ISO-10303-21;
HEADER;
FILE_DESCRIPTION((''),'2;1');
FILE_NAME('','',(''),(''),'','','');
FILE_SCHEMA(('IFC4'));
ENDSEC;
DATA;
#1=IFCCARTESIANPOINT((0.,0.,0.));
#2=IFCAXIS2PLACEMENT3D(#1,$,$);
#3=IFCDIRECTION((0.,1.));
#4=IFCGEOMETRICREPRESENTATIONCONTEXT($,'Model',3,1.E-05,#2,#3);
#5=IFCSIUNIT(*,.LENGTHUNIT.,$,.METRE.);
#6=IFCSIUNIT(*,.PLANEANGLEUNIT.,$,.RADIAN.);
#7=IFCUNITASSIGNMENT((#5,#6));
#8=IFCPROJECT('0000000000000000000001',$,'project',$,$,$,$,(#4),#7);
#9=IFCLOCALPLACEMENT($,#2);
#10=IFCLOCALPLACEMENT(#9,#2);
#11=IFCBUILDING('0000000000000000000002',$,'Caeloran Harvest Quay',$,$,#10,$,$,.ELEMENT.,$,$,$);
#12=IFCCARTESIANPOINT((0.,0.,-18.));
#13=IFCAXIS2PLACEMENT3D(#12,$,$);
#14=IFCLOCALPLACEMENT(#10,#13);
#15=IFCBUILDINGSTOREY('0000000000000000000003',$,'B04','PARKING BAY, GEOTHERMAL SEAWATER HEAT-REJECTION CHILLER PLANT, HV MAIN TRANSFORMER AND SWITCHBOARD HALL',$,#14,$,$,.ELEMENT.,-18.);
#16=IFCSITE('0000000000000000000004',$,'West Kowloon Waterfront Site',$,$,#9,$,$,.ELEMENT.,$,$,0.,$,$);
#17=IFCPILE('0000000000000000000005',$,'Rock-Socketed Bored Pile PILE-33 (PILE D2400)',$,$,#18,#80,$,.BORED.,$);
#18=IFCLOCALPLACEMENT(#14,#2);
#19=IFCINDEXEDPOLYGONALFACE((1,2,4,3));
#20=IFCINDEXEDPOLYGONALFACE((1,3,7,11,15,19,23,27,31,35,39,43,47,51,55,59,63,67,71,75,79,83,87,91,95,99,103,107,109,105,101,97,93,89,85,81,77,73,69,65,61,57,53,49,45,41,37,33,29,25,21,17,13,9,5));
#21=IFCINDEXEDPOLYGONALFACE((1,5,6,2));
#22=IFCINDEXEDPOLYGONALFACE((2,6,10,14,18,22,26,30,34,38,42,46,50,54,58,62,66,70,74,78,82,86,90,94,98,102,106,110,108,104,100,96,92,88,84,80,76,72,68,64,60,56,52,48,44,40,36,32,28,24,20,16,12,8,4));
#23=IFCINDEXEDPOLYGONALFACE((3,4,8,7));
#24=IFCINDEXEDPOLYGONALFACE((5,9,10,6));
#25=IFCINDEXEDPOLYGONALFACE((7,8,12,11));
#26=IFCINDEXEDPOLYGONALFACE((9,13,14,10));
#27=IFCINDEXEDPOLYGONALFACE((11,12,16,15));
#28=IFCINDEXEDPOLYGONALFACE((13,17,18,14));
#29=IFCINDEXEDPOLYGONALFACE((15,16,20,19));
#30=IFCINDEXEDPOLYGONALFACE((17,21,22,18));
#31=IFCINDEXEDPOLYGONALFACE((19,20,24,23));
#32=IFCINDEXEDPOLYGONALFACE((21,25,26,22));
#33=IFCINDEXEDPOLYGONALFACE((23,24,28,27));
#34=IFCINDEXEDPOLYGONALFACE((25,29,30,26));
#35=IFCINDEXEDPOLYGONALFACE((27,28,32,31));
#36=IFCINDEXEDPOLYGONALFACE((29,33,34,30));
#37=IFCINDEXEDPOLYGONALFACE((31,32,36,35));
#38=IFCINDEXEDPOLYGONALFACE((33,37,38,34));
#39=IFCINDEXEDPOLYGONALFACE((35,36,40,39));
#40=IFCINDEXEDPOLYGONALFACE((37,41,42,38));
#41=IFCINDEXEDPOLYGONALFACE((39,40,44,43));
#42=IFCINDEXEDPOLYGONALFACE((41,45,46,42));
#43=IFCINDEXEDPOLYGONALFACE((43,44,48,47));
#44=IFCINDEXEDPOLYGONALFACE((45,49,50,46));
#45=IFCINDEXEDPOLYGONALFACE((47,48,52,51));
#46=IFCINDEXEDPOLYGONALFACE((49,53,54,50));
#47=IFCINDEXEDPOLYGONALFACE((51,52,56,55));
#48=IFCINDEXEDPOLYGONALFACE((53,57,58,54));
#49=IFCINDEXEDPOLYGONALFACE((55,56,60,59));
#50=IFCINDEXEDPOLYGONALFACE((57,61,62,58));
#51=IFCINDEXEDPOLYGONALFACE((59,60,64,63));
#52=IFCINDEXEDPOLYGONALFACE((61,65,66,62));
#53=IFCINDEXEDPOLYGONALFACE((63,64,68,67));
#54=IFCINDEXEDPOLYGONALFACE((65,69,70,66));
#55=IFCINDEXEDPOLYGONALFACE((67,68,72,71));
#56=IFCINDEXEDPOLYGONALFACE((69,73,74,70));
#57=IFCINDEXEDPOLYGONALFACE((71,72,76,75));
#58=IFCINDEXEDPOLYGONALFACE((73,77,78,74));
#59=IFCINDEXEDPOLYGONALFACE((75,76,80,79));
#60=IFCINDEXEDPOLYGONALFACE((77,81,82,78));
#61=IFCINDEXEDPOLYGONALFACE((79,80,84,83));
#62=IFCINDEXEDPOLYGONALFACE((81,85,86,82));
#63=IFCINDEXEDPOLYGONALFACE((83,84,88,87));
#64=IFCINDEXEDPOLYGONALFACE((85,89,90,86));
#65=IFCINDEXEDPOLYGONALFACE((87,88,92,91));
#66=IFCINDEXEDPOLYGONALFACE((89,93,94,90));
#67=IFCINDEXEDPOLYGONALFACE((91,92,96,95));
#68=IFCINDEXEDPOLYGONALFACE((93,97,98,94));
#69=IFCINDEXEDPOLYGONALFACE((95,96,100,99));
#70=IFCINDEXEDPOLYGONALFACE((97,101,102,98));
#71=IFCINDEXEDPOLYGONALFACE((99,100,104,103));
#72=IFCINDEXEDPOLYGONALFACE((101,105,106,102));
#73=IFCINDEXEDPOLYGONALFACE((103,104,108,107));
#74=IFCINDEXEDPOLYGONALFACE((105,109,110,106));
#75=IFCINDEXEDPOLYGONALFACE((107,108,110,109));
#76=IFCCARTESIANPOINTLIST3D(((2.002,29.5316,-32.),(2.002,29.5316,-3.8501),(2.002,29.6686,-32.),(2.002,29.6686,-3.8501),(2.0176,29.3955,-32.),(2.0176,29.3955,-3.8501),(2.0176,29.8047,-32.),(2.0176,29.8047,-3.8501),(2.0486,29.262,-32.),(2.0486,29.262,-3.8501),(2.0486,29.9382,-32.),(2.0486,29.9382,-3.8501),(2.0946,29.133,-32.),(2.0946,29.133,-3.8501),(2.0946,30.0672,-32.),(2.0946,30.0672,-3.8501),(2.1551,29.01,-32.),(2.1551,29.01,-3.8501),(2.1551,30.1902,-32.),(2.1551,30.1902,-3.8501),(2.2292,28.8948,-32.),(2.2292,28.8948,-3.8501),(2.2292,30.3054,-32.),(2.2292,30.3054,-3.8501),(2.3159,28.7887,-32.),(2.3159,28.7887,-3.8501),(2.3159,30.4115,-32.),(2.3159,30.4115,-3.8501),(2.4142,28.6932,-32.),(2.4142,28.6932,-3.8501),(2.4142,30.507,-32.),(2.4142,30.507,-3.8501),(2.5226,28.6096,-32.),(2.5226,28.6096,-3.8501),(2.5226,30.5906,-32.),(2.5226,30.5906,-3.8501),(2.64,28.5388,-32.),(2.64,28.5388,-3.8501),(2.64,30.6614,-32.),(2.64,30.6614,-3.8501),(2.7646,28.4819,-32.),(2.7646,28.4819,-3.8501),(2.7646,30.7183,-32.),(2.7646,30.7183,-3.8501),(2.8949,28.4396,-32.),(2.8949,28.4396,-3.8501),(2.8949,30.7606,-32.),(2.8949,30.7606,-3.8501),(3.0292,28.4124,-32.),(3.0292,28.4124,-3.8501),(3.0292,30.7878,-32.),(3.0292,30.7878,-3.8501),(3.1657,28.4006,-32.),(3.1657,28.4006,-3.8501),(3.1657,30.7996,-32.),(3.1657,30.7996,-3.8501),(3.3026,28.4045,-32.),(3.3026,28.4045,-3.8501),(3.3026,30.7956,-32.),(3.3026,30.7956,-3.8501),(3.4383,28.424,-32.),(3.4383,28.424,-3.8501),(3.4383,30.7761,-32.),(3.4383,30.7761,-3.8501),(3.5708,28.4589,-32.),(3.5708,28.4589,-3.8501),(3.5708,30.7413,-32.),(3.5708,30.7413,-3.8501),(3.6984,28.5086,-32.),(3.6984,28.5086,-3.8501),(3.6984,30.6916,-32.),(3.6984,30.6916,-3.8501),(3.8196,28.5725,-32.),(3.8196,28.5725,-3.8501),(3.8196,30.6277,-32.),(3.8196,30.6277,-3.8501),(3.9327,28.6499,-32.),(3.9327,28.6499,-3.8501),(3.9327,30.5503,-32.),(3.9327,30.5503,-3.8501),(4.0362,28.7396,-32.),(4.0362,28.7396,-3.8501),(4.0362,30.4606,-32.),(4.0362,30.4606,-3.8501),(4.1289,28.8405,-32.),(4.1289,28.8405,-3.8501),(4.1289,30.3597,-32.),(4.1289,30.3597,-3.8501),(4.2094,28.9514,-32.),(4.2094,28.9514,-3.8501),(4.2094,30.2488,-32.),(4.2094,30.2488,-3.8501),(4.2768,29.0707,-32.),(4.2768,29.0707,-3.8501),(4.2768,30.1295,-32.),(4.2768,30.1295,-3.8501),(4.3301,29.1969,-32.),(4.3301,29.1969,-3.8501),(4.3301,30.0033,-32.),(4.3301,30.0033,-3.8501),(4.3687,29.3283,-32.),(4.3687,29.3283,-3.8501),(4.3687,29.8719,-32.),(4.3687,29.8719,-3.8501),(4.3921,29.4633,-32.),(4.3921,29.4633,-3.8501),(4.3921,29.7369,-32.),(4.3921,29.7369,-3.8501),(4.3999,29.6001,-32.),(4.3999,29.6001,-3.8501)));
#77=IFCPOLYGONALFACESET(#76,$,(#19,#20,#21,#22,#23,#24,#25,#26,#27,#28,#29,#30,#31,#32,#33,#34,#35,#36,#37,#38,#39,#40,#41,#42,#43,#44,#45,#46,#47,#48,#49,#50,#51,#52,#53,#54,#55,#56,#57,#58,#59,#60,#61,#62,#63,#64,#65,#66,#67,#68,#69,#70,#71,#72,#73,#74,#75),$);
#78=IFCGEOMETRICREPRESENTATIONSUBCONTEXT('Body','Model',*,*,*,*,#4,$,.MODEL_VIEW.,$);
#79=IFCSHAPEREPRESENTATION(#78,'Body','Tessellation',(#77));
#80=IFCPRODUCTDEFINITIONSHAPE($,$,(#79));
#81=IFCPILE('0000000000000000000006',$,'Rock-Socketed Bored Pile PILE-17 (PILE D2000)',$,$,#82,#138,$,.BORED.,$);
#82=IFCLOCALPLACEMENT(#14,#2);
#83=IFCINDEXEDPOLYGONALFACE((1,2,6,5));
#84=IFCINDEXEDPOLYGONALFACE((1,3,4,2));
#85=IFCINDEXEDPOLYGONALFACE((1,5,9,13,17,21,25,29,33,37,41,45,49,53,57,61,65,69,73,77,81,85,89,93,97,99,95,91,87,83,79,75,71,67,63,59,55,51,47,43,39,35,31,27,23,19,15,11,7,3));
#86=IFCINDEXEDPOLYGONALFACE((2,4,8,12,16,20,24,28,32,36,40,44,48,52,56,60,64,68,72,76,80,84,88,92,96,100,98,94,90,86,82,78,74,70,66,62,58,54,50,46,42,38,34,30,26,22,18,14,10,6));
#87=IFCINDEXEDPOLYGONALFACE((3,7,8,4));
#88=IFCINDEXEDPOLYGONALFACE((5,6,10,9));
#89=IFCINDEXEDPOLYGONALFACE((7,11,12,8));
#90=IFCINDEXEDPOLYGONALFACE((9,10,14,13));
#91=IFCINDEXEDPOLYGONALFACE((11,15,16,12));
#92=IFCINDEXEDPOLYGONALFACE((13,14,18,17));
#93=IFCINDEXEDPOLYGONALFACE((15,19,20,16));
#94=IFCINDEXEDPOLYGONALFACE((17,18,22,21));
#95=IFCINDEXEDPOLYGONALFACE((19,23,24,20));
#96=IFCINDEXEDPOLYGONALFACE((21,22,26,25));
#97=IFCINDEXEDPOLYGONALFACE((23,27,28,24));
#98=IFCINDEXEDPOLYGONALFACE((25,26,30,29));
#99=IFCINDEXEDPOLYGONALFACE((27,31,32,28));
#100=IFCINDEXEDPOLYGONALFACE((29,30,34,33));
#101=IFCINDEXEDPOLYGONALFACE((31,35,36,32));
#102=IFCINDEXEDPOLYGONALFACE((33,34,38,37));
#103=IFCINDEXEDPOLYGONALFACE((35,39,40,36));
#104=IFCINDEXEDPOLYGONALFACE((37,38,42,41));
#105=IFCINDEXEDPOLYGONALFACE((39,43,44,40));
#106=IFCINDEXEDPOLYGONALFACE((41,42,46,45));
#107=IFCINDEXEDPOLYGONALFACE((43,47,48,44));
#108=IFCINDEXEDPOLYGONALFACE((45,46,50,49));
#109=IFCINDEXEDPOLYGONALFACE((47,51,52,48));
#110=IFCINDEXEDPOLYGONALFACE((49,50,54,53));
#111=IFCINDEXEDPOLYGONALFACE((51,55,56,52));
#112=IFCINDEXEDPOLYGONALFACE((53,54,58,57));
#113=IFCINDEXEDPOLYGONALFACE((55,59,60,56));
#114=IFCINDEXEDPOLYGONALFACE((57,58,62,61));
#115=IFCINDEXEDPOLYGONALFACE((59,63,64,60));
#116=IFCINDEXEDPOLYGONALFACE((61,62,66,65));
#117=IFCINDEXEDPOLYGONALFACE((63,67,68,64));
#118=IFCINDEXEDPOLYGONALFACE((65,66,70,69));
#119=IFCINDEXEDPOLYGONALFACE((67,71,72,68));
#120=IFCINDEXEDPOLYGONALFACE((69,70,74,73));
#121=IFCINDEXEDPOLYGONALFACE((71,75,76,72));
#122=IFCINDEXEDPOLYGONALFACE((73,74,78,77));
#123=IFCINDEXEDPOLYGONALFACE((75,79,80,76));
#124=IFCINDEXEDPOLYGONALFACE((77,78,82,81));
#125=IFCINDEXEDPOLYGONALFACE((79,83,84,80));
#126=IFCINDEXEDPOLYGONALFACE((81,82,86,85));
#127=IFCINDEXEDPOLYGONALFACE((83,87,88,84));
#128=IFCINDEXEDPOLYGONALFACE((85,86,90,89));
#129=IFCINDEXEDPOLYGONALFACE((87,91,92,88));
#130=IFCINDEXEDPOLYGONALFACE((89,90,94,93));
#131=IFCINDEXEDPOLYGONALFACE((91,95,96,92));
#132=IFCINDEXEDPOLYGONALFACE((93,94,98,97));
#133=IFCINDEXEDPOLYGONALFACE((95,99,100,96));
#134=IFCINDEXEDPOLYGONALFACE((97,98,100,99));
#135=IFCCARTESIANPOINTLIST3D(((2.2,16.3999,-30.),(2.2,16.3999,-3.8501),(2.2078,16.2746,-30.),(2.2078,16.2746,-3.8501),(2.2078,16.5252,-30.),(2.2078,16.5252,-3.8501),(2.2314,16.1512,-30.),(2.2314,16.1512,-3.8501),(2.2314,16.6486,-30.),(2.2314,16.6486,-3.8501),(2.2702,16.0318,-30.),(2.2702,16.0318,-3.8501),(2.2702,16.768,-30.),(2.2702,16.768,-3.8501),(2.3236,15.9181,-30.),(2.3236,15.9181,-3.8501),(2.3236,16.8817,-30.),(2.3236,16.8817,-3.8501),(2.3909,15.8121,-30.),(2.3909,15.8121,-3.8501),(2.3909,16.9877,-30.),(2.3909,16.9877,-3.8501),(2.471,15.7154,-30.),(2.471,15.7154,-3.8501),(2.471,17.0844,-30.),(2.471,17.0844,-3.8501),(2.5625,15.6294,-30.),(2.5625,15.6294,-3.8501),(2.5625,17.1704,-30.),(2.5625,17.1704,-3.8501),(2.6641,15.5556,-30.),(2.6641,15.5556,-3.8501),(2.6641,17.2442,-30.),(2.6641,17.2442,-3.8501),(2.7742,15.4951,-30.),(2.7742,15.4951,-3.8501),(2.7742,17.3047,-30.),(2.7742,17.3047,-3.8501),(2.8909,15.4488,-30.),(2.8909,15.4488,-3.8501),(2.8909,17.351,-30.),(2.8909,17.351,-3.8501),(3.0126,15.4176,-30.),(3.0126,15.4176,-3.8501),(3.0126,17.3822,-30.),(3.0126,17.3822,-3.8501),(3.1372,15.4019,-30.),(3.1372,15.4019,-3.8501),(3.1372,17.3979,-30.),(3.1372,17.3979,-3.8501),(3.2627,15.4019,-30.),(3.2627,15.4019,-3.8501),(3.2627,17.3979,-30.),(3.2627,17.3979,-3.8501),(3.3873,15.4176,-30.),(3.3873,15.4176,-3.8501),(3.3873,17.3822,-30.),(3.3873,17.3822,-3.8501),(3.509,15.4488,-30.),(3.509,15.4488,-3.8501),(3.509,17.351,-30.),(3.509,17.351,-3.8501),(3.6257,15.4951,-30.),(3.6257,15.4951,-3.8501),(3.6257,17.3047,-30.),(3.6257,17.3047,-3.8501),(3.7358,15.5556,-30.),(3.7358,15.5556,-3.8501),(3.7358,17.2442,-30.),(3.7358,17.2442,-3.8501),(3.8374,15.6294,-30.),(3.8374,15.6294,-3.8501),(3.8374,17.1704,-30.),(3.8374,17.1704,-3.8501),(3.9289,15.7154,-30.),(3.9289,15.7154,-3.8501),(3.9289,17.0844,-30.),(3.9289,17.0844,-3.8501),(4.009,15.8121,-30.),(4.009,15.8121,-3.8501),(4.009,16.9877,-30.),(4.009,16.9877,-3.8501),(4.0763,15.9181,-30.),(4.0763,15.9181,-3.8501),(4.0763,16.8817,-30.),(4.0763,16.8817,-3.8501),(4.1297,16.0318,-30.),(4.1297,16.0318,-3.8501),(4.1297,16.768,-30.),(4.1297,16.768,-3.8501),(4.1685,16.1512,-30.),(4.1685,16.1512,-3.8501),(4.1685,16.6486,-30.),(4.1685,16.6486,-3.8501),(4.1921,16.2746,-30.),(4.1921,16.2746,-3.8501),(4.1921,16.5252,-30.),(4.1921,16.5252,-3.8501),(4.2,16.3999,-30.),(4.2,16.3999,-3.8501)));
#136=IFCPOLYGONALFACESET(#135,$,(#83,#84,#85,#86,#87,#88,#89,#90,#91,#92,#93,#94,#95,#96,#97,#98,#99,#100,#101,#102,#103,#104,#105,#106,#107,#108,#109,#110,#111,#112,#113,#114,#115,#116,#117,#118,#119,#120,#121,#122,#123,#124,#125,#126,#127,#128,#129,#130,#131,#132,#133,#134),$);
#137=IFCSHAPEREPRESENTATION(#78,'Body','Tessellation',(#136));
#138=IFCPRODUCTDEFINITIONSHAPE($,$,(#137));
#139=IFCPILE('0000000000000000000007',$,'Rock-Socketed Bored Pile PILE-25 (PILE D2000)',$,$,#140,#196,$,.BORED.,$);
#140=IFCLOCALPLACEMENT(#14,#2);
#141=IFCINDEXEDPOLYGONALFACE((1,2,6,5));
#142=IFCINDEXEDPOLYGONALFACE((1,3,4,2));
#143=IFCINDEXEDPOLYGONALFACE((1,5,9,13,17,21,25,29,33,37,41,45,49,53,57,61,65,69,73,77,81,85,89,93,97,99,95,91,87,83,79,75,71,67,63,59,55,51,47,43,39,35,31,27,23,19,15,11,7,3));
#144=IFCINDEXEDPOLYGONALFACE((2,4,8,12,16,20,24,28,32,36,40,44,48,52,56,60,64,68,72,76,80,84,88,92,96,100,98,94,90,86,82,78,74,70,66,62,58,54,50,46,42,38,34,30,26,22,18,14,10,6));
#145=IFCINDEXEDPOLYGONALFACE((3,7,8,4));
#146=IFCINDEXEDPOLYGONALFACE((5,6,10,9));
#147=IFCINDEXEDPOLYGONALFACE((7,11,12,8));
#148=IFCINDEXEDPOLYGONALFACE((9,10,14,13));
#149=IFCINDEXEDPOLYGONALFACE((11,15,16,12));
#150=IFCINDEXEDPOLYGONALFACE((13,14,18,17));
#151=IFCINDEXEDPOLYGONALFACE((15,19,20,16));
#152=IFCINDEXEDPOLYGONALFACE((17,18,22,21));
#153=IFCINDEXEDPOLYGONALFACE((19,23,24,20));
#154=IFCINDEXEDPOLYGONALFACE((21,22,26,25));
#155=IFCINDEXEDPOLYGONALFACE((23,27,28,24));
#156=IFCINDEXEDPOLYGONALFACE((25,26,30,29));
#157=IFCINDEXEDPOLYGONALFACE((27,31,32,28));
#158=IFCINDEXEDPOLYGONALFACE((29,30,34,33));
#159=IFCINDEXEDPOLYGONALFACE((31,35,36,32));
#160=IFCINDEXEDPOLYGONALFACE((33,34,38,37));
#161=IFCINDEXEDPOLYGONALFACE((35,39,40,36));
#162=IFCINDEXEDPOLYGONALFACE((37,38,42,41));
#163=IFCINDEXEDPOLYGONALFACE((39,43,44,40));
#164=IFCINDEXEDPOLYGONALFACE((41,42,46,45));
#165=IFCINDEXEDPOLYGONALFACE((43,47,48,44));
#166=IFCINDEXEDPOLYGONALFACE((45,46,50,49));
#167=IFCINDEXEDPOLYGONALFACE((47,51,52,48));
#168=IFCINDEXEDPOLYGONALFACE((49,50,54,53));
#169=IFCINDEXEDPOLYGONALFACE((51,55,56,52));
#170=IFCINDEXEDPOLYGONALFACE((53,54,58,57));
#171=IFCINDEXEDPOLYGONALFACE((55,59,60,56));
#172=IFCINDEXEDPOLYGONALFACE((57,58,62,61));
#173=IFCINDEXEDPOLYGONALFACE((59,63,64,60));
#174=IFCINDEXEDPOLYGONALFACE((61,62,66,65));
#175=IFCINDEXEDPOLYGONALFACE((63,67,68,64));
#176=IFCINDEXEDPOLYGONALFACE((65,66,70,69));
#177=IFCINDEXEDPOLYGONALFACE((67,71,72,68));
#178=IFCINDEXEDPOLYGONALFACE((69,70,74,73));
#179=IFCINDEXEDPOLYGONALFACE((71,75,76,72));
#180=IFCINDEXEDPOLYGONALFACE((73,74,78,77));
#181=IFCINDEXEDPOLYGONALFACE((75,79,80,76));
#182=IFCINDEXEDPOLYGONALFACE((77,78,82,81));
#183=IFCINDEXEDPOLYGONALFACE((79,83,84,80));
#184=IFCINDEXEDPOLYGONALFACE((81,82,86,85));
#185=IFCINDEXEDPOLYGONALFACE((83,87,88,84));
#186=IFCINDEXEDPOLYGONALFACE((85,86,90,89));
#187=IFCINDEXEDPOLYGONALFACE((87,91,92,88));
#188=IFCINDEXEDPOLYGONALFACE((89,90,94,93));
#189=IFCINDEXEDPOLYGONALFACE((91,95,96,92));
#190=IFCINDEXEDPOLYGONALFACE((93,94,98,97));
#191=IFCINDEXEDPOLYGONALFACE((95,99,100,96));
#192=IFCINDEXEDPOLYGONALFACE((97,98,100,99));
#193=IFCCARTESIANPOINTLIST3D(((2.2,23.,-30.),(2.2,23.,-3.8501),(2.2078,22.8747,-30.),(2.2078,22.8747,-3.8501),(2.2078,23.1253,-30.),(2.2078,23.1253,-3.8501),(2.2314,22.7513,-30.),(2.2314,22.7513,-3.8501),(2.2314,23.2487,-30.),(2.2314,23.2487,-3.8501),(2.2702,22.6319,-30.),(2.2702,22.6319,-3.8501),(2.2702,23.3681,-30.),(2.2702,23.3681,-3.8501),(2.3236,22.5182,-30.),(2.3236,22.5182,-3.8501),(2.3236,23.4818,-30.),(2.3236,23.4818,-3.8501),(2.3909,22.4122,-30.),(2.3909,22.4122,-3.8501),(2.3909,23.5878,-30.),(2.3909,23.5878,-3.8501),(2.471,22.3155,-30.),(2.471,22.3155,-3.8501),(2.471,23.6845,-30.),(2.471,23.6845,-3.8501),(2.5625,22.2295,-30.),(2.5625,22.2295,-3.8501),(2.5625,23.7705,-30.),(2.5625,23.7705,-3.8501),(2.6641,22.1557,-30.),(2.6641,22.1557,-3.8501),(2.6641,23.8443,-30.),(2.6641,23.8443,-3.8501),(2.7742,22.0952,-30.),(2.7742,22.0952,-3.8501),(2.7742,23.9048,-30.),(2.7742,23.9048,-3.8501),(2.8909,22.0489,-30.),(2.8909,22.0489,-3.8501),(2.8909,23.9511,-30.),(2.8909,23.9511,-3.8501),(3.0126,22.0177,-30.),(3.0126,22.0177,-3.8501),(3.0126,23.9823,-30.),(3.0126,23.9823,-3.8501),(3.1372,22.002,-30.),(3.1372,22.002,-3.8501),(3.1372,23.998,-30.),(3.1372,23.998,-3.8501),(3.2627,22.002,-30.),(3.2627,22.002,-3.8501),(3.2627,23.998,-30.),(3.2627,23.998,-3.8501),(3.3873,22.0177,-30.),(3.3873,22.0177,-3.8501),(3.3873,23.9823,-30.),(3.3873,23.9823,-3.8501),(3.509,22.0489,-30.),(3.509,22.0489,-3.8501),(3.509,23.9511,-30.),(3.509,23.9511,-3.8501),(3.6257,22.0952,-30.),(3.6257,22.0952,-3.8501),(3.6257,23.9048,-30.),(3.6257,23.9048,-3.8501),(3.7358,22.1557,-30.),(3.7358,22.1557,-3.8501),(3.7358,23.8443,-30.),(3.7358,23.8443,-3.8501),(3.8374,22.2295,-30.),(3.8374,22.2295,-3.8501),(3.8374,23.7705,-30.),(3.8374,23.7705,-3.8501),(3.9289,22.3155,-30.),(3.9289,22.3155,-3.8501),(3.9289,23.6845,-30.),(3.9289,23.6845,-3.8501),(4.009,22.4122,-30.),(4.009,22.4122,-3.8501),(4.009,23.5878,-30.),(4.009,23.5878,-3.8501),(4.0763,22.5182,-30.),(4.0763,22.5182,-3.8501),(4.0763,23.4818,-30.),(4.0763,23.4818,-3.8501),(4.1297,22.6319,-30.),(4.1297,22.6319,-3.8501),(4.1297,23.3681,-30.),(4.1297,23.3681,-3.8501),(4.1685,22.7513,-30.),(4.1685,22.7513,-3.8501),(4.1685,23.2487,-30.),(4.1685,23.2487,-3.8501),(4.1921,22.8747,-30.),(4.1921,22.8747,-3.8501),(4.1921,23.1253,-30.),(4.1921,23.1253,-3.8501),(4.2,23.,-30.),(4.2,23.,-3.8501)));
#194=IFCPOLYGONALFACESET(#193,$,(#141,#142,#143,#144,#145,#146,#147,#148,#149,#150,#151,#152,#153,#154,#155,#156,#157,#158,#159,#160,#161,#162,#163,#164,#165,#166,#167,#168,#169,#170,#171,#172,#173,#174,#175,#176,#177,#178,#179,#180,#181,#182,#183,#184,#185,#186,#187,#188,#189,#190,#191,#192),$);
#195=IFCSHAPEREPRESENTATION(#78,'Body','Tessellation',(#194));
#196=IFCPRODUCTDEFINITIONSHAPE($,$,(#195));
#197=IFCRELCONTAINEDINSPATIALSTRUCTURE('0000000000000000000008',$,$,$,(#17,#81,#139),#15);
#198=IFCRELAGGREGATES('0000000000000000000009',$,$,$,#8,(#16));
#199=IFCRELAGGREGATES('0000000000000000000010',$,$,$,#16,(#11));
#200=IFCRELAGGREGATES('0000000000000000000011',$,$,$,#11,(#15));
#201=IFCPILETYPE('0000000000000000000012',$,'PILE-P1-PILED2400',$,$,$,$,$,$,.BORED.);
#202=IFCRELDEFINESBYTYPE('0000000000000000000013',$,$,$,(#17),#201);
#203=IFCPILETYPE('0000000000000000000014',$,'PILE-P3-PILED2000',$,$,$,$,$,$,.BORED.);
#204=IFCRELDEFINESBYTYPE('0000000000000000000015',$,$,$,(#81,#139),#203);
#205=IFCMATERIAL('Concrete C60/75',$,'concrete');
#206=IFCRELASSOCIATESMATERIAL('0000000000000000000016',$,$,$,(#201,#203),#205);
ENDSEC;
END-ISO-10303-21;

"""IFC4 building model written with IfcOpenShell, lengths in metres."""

from ifc_helpers import new_model, si_unit, direction, frame, origin, origin_2d, place, context, subcontext, project, spatial, circle, extrude, material, material_profile, profile_set, type_object, element, save


model = new_model("IFC4")

# Units and contexts
model_context = context("Model", 3, precision=1e-05, world=origin(), true_north=direction((0.0, 1.0)))
body_context = subcontext(model_context, "Body", "Model", "MODEL_VIEW")
ifc_project = project(units=[si_unit("LENGTHUNIT", "METRE"), si_unit("PLANEANGLEUNIT", "RADIAN")], contexts=[model_context])

# Site, building, storey
site_placement = place(None, origin())
site = spatial("IfcSite", under=ifc_project, at=site_placement, Name="West Kowloon Waterfront Site", CompositionType="ELEMENT", RefElevation=0.0)
building_placement = place(site_placement, origin())
building = spatial("IfcBuilding", under=site, at=building_placement, Name="Caeloran Harvest Quay", CompositionType="ELEMENT")
storey_placement = place(building_placement, frame((0.0, 0.0, -18.0)))
storey = spatial("IfcBuildingStorey", under=building, at=storey_placement, Name="B04", Description="PARKING BAY, GEOTHERMAL SEAWATER HEAT-REJECTION CHILLER PLANT, HV MAIN TRANSFORMER AND SWITCHBOARD HALL", CompositionType="ELEMENT", Elevation=-18.0)

# Piles
ifc_material_1 = material(Name="Concrete C60/75", Category="concrete")
ifc_material_profile_1 = material_profile(ifc_material_1, circle(Radius=1.2, at=origin_2d()), Name="PILE D2400")
ifc_profile_set_1 = profile_set([ifc_material_profile_1], Name="Concrete C60/75")
pile_type_1 = type_object("IfcPileType", Name="PILE-P1-PILED2400", PredefinedType="BORED", material=ifc_profile_set_1)
pile_placement = place(storey_placement, frame((3.2, 29.6001, -3.8501), z_axis=(0.0, 0.0, -1.0), x_axis=(1.0, 0.0, 0.0)))
element("IfcPile", 1, at=pile_placement, inside=storey, type_object=pile_type_1, Name="Rock-Socketed Bored Pile PILE-33 (PILE D2400)", PredefinedType="BORED", context=body_context, shape_type="SweptSolid", body=[
    extrude(circle(Radius=1.2, at=origin_2d()), origin(), (0.0, 0.0, 1.0), 28.1499),
])
ifc_material_profile_2 = material_profile(ifc_material_1, circle(Radius=1.0, at=origin_2d()), Name="PILE D2000")
ifc_profile_set_2 = profile_set([ifc_material_profile_2], Name="Concrete C60/75")
pile_type_2 = type_object("IfcPileType", Name="PILE-P3-PILED2000", PredefinedType="BORED", material=ifc_profile_set_2)
for number, where, z_axis, x_axis, name in (
    (2, (3.2, 16.3999, -3.8501), (0.0, 0.0, -1.0), (1.0, 0.0, 0.0), "Rock-Socketed Bored Pile PILE-17 (PILE D2000)"),
    (3, (3.2, 23.0, -3.8501), (0.0, 0.0, -1.0), (1.0, 0.0, 0.0), "Rock-Socketed Bored Pile PILE-25 (PILE D2000)"),
):
    element("IfcPile", number, at=place(storey_placement, frame(where, z_axis=z_axis, x_axis=x_axis)), inside=storey, type_object=pile_type_2, Name=name, PredefinedType="BORED", context=body_context, shape_type="SweptSolid", body=[
        extrude(circle(Radius=1.0, at=origin_2d()), origin(), (0.0, 0.0, 1.0), 26.1499),
    ])

save(model, "model.ifc")
